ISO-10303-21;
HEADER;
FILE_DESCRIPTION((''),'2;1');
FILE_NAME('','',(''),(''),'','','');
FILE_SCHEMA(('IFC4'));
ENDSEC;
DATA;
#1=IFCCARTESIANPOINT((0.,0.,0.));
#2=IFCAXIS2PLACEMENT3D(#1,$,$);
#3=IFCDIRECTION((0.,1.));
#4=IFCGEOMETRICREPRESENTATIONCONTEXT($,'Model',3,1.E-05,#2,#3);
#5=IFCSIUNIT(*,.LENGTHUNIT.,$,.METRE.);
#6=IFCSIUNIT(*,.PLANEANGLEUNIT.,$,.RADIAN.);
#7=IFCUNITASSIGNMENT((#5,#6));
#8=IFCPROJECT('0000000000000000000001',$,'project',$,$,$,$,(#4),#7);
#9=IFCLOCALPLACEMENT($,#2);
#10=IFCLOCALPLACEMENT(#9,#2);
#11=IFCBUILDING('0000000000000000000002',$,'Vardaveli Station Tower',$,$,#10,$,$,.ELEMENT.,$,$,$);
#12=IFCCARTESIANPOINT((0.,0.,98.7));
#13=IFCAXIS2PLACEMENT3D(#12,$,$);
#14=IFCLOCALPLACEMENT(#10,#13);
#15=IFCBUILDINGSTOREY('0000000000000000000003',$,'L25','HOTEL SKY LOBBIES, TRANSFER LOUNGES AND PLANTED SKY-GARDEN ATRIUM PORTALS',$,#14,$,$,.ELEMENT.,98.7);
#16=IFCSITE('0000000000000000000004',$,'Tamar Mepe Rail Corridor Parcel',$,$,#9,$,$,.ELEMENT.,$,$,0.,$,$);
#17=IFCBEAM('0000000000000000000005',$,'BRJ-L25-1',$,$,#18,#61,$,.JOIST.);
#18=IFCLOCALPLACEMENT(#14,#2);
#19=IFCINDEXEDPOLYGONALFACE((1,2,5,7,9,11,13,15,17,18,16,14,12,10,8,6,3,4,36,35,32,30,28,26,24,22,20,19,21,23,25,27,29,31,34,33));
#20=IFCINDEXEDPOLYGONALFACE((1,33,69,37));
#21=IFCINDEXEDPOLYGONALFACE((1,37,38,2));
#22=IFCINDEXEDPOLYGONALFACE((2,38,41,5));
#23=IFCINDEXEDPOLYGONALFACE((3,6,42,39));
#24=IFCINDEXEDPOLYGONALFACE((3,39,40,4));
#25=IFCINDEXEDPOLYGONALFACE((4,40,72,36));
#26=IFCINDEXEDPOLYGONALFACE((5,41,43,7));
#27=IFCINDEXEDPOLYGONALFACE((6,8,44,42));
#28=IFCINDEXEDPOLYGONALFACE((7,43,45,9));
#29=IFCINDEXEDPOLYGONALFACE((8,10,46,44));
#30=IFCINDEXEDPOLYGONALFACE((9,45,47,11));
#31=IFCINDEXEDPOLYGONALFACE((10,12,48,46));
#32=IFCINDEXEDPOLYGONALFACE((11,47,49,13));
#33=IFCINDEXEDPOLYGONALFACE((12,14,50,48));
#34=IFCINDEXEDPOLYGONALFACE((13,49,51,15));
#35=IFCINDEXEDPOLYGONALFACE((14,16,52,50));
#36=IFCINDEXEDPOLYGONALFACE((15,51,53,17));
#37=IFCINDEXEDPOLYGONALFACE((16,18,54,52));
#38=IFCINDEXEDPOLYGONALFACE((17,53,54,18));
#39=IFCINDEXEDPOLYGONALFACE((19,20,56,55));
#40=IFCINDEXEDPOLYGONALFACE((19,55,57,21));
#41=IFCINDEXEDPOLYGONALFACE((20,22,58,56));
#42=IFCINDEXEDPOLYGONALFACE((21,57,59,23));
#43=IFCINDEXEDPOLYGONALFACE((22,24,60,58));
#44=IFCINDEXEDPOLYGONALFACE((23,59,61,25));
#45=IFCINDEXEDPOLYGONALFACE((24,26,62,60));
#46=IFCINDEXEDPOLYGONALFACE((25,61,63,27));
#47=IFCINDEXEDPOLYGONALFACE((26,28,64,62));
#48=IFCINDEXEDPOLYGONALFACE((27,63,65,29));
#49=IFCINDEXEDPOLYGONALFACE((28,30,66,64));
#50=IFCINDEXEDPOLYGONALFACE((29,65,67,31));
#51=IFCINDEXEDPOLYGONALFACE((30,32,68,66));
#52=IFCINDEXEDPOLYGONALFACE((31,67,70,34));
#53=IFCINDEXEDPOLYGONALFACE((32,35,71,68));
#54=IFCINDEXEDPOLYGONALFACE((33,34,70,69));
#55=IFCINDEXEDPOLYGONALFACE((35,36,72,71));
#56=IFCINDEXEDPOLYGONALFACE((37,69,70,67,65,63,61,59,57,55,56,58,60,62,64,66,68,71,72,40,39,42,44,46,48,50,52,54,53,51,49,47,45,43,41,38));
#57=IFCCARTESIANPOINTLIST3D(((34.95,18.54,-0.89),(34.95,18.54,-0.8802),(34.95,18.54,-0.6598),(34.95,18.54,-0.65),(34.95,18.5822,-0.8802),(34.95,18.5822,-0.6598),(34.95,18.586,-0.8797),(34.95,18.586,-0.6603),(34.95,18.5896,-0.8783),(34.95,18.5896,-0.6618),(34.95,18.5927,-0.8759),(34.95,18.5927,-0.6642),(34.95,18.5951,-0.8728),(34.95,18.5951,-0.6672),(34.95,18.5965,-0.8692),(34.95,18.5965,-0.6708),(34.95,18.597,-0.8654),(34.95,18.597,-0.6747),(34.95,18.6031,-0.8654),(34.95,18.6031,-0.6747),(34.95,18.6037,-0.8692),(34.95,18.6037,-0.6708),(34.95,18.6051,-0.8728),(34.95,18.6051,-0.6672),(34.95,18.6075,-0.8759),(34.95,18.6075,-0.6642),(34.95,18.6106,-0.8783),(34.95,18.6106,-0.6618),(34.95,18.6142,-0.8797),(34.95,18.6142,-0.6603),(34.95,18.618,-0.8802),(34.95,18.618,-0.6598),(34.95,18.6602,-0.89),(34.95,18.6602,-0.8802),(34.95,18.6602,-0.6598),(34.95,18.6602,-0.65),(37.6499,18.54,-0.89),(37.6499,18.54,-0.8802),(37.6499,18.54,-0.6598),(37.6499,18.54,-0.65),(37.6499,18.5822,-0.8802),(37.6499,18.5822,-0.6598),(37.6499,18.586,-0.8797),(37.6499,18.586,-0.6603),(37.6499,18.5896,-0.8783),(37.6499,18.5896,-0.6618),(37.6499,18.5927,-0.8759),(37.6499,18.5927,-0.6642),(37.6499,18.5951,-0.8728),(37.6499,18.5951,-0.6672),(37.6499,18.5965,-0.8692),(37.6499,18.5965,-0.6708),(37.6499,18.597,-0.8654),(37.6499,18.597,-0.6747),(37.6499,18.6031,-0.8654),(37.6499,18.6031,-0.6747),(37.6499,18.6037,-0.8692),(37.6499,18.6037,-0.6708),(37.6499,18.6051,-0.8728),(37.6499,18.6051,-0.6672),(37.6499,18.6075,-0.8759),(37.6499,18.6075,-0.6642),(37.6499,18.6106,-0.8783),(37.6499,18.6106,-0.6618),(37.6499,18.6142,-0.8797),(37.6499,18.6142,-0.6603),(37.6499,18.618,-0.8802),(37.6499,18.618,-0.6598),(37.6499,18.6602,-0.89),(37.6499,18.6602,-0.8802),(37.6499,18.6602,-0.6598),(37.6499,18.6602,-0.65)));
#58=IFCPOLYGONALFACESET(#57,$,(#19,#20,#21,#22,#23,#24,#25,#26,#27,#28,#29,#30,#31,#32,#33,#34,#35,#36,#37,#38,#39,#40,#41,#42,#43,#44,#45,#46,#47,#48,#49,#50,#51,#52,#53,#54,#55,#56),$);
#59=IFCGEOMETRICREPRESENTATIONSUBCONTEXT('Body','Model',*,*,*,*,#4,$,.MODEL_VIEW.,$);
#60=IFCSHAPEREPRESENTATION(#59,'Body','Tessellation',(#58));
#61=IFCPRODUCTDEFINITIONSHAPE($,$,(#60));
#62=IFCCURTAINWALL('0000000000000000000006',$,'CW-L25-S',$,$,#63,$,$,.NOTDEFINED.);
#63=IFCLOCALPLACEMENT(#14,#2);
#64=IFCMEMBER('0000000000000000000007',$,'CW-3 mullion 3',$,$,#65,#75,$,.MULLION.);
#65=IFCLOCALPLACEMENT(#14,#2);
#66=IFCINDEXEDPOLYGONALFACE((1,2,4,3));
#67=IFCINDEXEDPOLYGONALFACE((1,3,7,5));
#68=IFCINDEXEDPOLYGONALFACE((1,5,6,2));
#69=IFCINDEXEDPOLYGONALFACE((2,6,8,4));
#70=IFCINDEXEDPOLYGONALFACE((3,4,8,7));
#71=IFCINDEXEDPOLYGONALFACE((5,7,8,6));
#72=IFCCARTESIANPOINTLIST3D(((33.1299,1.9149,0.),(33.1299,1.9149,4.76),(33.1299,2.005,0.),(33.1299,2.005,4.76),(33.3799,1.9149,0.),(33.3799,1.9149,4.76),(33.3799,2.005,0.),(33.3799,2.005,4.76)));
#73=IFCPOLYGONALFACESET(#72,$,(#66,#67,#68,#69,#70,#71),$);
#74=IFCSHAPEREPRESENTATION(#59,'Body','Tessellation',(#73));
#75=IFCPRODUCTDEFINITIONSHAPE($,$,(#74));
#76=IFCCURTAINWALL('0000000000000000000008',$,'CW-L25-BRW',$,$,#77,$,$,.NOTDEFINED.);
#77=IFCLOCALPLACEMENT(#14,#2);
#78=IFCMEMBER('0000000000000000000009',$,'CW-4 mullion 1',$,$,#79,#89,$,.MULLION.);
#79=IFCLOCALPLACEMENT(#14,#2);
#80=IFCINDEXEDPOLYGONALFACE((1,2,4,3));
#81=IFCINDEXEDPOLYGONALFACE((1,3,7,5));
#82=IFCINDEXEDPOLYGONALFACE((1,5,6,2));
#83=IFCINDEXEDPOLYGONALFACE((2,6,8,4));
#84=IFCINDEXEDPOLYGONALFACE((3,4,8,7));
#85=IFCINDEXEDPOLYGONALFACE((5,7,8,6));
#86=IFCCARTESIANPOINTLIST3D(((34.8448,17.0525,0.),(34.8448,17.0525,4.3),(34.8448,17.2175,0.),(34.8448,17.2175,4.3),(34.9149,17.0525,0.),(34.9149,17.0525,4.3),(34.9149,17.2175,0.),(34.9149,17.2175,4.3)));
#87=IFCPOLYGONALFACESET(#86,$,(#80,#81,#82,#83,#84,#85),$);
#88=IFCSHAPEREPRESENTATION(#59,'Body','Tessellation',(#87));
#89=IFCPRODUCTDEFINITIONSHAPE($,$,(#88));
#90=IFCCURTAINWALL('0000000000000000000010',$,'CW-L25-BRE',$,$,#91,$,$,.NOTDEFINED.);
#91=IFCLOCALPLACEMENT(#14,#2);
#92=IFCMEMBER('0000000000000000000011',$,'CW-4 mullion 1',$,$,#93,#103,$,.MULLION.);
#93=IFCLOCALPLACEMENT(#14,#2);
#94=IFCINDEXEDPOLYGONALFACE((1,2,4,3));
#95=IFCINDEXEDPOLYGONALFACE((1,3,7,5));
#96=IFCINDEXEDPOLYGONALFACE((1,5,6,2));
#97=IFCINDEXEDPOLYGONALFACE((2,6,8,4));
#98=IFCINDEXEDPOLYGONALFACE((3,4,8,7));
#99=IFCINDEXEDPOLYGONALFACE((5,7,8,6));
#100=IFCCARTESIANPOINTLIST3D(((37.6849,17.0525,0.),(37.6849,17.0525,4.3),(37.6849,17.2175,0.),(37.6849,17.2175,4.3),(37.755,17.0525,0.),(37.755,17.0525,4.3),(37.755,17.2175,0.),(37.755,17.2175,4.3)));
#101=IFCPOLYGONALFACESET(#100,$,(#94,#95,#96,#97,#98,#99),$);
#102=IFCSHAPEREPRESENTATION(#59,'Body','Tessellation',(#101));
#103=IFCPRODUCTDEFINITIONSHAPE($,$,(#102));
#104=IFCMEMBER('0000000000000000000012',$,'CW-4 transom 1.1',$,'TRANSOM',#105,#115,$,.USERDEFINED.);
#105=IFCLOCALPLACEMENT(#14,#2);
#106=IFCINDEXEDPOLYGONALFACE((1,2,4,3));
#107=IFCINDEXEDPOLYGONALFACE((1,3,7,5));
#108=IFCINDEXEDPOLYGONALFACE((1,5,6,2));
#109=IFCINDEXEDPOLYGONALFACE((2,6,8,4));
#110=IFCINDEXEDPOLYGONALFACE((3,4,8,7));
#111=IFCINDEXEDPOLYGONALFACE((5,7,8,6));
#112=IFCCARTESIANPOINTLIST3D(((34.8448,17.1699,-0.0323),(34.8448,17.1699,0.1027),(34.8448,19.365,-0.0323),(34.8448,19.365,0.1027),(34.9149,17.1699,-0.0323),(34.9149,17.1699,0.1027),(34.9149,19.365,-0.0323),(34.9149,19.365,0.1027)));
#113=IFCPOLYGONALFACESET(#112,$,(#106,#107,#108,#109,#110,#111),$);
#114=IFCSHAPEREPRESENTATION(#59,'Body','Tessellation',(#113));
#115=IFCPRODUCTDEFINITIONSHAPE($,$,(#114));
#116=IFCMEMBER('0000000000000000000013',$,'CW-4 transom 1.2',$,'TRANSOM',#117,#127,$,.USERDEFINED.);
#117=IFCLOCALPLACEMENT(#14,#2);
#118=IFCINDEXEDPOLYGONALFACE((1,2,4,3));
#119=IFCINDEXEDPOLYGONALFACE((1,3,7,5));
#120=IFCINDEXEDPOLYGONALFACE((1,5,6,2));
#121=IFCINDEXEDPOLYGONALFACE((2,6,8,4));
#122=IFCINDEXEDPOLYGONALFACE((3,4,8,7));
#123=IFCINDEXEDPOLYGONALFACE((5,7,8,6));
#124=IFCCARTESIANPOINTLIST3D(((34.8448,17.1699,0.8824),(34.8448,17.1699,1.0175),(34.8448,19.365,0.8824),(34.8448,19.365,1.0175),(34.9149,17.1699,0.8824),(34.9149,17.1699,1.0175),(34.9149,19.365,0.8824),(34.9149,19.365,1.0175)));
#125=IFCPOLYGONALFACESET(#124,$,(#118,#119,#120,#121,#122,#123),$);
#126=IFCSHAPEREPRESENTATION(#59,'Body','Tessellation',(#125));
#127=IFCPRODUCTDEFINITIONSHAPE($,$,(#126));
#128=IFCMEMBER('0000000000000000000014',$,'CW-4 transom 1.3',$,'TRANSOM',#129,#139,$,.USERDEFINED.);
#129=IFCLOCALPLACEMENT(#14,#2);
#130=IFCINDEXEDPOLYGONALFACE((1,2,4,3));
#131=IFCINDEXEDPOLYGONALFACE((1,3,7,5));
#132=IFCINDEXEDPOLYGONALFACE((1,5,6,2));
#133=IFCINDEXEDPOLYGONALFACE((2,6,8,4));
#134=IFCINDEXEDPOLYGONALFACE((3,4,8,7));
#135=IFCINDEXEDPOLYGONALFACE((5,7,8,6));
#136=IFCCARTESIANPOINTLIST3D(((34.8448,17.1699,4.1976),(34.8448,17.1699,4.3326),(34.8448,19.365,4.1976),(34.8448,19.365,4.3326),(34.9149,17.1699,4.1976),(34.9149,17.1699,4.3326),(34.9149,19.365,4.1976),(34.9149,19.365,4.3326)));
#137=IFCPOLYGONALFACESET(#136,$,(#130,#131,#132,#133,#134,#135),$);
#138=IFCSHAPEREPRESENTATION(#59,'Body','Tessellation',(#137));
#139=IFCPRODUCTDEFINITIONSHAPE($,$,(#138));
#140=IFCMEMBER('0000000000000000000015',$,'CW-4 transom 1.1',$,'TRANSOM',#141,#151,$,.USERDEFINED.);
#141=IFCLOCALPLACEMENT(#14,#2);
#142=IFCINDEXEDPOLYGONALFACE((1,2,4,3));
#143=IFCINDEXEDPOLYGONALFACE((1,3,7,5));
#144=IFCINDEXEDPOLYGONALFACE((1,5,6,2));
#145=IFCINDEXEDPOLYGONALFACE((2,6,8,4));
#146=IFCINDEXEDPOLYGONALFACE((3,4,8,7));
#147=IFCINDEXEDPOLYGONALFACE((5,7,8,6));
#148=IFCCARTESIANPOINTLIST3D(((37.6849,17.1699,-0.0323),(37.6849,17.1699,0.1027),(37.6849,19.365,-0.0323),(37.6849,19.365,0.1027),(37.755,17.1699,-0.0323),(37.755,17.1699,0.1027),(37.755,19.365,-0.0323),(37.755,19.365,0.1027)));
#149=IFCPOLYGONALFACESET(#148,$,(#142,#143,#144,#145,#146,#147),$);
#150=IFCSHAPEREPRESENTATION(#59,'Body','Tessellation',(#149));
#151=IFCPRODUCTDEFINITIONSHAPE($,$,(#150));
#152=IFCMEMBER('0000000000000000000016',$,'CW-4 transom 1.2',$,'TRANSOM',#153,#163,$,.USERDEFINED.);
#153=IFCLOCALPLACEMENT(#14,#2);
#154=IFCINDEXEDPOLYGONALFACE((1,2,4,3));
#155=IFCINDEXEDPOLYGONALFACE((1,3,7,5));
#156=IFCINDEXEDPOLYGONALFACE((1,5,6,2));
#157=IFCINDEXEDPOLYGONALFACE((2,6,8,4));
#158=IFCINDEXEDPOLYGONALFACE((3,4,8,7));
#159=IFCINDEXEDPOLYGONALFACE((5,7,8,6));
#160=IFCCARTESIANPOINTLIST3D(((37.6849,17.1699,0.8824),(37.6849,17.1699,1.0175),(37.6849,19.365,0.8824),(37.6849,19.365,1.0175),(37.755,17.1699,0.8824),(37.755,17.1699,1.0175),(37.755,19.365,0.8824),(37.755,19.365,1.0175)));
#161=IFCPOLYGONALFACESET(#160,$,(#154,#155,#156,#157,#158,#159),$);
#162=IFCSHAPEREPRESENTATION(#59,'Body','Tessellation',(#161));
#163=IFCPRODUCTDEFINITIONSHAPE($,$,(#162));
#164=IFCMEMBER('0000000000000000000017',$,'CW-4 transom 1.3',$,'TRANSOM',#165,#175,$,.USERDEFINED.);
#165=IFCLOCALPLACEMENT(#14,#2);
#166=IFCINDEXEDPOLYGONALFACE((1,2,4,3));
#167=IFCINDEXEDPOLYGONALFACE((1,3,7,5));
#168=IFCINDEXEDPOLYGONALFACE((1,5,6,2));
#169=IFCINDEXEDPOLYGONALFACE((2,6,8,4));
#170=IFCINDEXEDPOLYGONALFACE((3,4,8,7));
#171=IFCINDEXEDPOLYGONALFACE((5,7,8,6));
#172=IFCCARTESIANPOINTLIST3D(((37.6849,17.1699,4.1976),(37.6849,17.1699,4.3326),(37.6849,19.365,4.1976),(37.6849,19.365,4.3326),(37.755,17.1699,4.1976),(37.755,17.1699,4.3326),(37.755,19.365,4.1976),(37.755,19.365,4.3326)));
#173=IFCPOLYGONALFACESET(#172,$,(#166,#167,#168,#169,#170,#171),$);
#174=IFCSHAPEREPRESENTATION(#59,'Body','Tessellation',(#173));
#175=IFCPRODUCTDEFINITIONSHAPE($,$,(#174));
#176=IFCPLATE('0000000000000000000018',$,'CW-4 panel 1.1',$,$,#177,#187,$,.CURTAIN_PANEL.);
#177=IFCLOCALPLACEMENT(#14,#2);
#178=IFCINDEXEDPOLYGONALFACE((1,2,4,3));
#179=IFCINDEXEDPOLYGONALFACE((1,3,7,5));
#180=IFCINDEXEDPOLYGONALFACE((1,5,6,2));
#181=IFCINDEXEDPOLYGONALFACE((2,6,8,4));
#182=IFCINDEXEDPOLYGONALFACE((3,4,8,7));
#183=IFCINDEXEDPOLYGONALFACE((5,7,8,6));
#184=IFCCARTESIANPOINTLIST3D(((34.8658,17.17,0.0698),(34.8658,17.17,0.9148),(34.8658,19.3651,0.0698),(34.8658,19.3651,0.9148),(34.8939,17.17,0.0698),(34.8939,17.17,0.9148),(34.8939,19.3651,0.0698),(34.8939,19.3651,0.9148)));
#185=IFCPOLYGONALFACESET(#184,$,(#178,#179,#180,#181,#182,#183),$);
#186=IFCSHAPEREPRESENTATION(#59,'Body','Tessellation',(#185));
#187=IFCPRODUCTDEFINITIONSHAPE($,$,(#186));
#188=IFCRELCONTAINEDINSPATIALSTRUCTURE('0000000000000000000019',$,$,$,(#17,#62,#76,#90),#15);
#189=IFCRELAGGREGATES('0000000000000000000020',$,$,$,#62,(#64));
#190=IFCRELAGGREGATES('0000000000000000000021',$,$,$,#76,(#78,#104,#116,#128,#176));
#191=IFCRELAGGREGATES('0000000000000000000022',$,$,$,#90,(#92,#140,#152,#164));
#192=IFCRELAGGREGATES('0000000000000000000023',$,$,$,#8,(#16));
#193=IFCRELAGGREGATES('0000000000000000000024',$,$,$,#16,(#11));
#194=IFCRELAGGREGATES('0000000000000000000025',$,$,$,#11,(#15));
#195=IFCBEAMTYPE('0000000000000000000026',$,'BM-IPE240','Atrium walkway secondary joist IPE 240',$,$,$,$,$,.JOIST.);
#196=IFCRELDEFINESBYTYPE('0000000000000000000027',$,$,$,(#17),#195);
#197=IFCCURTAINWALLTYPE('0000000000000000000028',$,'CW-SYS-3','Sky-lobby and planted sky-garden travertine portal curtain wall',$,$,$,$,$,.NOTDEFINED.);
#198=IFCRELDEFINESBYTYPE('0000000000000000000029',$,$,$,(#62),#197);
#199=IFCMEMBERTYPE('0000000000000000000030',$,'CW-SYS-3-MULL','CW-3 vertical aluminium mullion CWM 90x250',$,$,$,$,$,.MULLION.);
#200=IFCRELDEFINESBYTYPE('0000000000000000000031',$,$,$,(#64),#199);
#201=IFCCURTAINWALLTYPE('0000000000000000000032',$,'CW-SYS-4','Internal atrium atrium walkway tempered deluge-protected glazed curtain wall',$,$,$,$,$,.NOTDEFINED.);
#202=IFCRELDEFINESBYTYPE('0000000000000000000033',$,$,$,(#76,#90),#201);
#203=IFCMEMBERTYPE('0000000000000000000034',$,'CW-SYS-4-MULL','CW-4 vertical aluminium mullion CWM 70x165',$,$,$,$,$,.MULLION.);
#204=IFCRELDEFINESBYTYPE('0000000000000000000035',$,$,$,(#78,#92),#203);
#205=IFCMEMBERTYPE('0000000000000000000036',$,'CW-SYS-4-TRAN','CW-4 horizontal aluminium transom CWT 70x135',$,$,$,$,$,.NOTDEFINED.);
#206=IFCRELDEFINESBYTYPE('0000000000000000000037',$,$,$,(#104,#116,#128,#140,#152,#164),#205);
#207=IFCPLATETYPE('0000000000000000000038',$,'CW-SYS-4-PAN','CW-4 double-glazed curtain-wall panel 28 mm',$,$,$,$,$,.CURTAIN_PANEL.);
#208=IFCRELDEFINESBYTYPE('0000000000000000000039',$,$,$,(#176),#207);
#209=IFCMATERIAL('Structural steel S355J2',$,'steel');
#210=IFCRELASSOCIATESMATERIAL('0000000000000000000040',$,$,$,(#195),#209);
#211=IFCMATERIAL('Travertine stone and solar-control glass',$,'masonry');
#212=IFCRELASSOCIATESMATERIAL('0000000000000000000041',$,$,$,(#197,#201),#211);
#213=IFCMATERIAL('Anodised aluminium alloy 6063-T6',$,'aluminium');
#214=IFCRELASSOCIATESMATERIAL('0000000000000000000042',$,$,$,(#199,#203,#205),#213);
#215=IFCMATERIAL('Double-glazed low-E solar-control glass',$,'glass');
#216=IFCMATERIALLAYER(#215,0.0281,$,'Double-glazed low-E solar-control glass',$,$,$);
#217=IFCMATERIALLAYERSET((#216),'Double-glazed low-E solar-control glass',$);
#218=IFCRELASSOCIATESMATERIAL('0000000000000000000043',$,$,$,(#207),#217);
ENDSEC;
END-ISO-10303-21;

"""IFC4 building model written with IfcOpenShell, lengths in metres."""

from ifc_helpers import new_model, si_unit, direction, frame, origin, origin_2d, place, context, subcontext, project, spatial, rectangle, i_section, extrude, source, transform, mapped, material, layer, layer_set, material_profile, profile_set, type_object, element, aggregate, save


model = new_model("IFC4")

# Units and contexts
model_context = context("Model", 3, precision=1e-05, world=origin(), true_north=direction((0.0, 1.0)))
body_context = subcontext(model_context, "Body", "Model", "MODEL_VIEW")
ifc_project = project(units=[si_unit("LENGTHUNIT", "METRE"), si_unit("PLANEANGLEUNIT", "RADIAN")], contexts=[model_context])

# Site, building, storey
site_placement = place(None, origin())
site = spatial("IfcSite", under=ifc_project, at=site_placement, Name="Tamar Mepe Rail Corridor Parcel", CompositionType="ELEMENT", RefElevation=0.0)
building_placement = place(site_placement, origin())
building = spatial("IfcBuilding", under=site, at=building_placement, Name="Vardaveli Station Tower", CompositionType="ELEMENT")
storey_placement = place(building_placement, frame((0.0, 0.0, 98.7)))
storey = spatial("IfcBuildingStorey", under=building, at=storey_placement, Name="L25", Description="HOTEL SKY LOBBIES, TRANSFER LOUNGES AND PLANTED SKY-GARDEN ATRIUM PORTALS", CompositionType="ELEMENT", Elevation=98.7)

# Beam
ifc_material_1 = material(Name="Structural steel S355J2", Category="steel")
ifc_material_profile_1 = material_profile(ifc_material_1, i_section(OverallWidth=0.1201, OverallDepth=0.24, WebThickness=0.0061, FlangeThickness=0.0098, FilletRadius=0.0149, at=origin_2d()), Name="IPE 240")
ifc_profile_set_1 = profile_set([ifc_material_profile_1], Name="Structural steel S355J2")
beam_type_1 = type_object("IfcBeamType", Name="BM-IPE240", Description="Atrium walkway secondary joist IPE 240", PredefinedType="JOIST", material=ifc_profile_set_1)
shared_shape_1 = source(origin(), body_context, "Body", "SweptSolid", [
    extrude(i_section(OverallWidth=0.1201, OverallDepth=0.24, WebThickness=0.0061, FlangeThickness=0.0098, FilletRadius=0.0149, at=origin_2d()), origin(), (0.0, 0.0, 1.0), 2.7),
])
beam_1_placement = place(storey_placement, frame((34.95, 18.6001, -0.77), z_axis=(1.0, 0.0, 0.0), x_axis=(0.0, 1.0, 0.0)))
element("IfcBeam", 1, at=beam_1_placement, inside=storey, type_object=beam_type_1, Name="BRJ-L25-1", PredefinedType="JOIST", context=body_context, shape_type="MappedRepresentation", body=[
    mapped(shared_shape_1, transform((0.0, 0.0, 0.0), scale=1.0)),
])

# Curtain walls, members
ifc_material_2 = material(Name="Travertine stone and solar-control glass", Category="masonry")
curtain_wall_type_1 = type_object("IfcCurtainWallType", Name="CW-SYS-3", Description="Sky-lobby and planted sky-garden travertine portal curtain wall", PredefinedType="NOTDEFINED", material=ifc_material_2)
curtain_wall_1_placement = place(storey_placement, origin())
curtain_wall_1 = element("IfcCurtainWall", 2, at=curtain_wall_1_placement, inside=storey, type_object=curtain_wall_type_1, Name="CW-L25-S", PredefinedType="NOTDEFINED")
ifc_material_3 = material(Name="Anodised aluminium alloy 6063-T6", Category="aluminium")
ifc_material_profile_2 = material_profile(ifc_material_3, rectangle(XDim=0.0901, YDim=0.25, at=origin_2d()), Name="CWM 90x250")
ifc_profile_set_2 = profile_set([ifc_material_profile_2], Name="Anodised aluminium alloy 6063-T6")
member_type_1 = type_object("IfcMemberType", Name="CW-SYS-3-MULL", Description="CW-3 vertical aluminium mullion CWM 90x250", PredefinedType="MULLION", material=ifc_profile_set_2)
shared_shape_2 = source(origin(), body_context, "Body", "SweptSolid", [
    extrude(rectangle(XDim=0.0901, YDim=0.25, at=origin_2d()), origin(), (0.0, 0.0, 1.0), 4.76),
])
member_1_placement = place(storey_placement, frame((33.2549, 1.96, 0.0), z_axis=(0.0, 0.0, 1.0), x_axis=(0.0, 1.0, 0.0)))
member_1 = element("IfcMember", 3, at=member_1_placement, type_object=member_type_1, Name="CW-3 mullion 3", PredefinedType="MULLION", context=body_context, shape_type="MappedRepresentation", body=[
    mapped(shared_shape_2, transform((0.0, 0.0, 0.0), scale=1.0)),
])
aggregate(curtain_wall_1, [member_1])
curtain_wall_type_2 = type_object("IfcCurtainWallType", Name="CW-SYS-4", Description="Internal atrium atrium walkway tempered deluge-protected glazed curtain wall", PredefinedType="NOTDEFINED", material=ifc_material_2)
curtain_wall_2_placement = place(storey_placement, origin())
curtain_wall_2 = element("IfcCurtainWall", 4, at=curtain_wall_2_placement, inside=storey, type_object=curtain_wall_type_2, Name="CW-L25-BRW", PredefinedType="NOTDEFINED")
ifc_material_profile_3 = material_profile(ifc_material_3, rectangle(XDim=0.0701, YDim=0.165, at=origin_2d()), Name="CWM 70x165")
ifc_profile_set_3 = profile_set([ifc_material_profile_3], Name="Anodised aluminium alloy 6063-T6")
member_type_2 = type_object("IfcMemberType", Name="CW-SYS-4-MULL", Description="CW-4 vertical aluminium mullion CWM 70x165", PredefinedType="MULLION", material=ifc_profile_set_3)
shared_shape_3 = source(origin(), body_context, "Body", "SweptSolid", [
    extrude(rectangle(XDim=0.0701, YDim=0.165, at=origin_2d()), origin(), (0.0, 0.0, 1.0), 4.3),
])
member_2_placement = place(storey_placement, frame((34.8799, 17.135, 0.0), z_axis=(0.0, 0.0, 1.0), x_axis=(-1.0, 0.0, 0.0)))
member_2 = element("IfcMember", 5, at=member_2_placement, type_object=member_type_2, Name="CW-4 mullion 1", PredefinedType="MULLION", context=body_context, shape_type="MappedRepresentation", body=[
    mapped(shared_shape_3, transform((0.0, 0.0, 0.0), scale=1.0)),
])
curtain_wall_3_placement = place(storey_placement, origin())
curtain_wall_3 = element("IfcCurtainWall", 6, at=curtain_wall_3_placement, inside=storey, type_object=curtain_wall_type_2, Name="CW-L25-BRE", PredefinedType="NOTDEFINED")
member_3_placement = place(storey_placement, frame((37.72, 17.135, 0.0), z_axis=(0.0, 0.0, 1.0), x_axis=(-1.0, 0.0, 0.0)))
member_3 = element("IfcMember", 7, at=member_3_placement, type_object=member_type_2, Name="CW-4 mullion 1", PredefinedType="MULLION", context=body_context, shape_type="MappedRepresentation", body=[
    mapped(shared_shape_3, transform((0.0, 0.0, 0.0), scale=1.0)),
])

# Members
ifc_material_profile_4 = material_profile(ifc_material_3, rectangle(XDim=0.0701, YDim=0.135, at=origin_2d()), Name="CWT 70x135")
ifc_profile_set_4 = profile_set([ifc_material_profile_4], Name="Anodised aluminium alloy 6063-T6")
member_type_3 = type_object("IfcMemberType", Name="CW-SYS-4-TRAN", Description="CW-4 horizontal aluminium transom CWT 70x135", PredefinedType="NOTDEFINED", material=ifc_profile_set_4)
shared_shape_4 = source(origin(), body_context, "Body", "SweptSolid", [
    extrude(rectangle(XDim=0.0701, YDim=0.135, at=origin_2d()), origin(), (0.0, 0.0, 1.0), 2.1951),
])
member_4_placement = place(storey_placement, frame((34.8799, 17.1699, 0.0352), z_axis=(0.0, 1.0, 0.0), x_axis=(-1.0, 0.0, 0.0)))
member_4 = element("IfcMember", 8, at=member_4_placement, type_object=member_type_3, Name="CW-4 transom 1.1", ObjectType="TRANSOM", PredefinedType="USERDEFINED", context=body_context, shape_type="MappedRepresentation", body=[
    mapped(shared_shape_4, transform((0.0, 0.0, 0.0), scale=1.0)),
])
member_5_placement = place(storey_placement, frame((34.8799, 17.1699, 0.95), z_axis=(0.0, 1.0, 0.0), x_axis=(-1.0, 0.0, 0.0)))
member_5 = element("IfcMember", 9, at=member_5_placement, type_object=member_type_3, Name="CW-4 transom 1.2", ObjectType="TRANSOM", PredefinedType="USERDEFINED", context=body_context, shape_type="MappedRepresentation", body=[
    mapped(shared_shape_4, transform((0.0, 0.0, 0.0), scale=1.0)),
])
member_6_placement = place(storey_placement, frame((34.8799, 17.1699, 4.2651), z_axis=(0.0, 1.0, 0.0), x_axis=(-1.0, 0.0, 0.0)))
member_6 = element("IfcMember", 10, at=member_6_placement, type_object=member_type_3, Name="CW-4 transom 1.3", ObjectType="TRANSOM", PredefinedType="USERDEFINED", context=body_context, shape_type="MappedRepresentation", body=[
    mapped(shared_shape_4, transform((0.0, 0.0, 0.0), scale=1.0)),
])
member_7_placement = place(storey_placement, frame((37.72, 17.1699, 0.0352), z_axis=(0.0, 1.0, 0.0), x_axis=(-1.0, 0.0, 0.0)))
member_7 = element("IfcMember", 11, at=member_7_placement, type_object=member_type_3, Name="CW-4 transom 1.1", ObjectType="TRANSOM", PredefinedType="USERDEFINED", context=body_context, shape_type="MappedRepresentation", body=[
    mapped(shared_shape_4, transform((0.0, 0.0, 0.0), scale=1.0)),
])
member_8_placement = place(storey_placement, frame((37.72, 17.1699, 0.95), z_axis=(0.0, 1.0, 0.0), x_axis=(-1.0, 0.0, 0.0)))
member_8 = element("IfcMember", 12, at=member_8_placement, type_object=member_type_3, Name="CW-4 transom 1.2", ObjectType="TRANSOM", PredefinedType="USERDEFINED", context=body_context, shape_type="MappedRepresentation", body=[
    mapped(shared_shape_4, transform((0.0, 0.0, 0.0), scale=1.0)),
])
member_9_placement = place(storey_placement, frame((37.72, 17.1699, 4.2651), z_axis=(0.0, 1.0, 0.0), x_axis=(-1.0, 0.0, 0.0)))
member_9 = element("IfcMember", 13, at=member_9_placement, type_object=member_type_3, Name="CW-4 transom 1.3", ObjectType="TRANSOM", PredefinedType="USERDEFINED", context=body_context, shape_type="MappedRepresentation", body=[
    mapped(shared_shape_4, transform((0.0, 0.0, 0.0), scale=1.0)),
])

# Plate
ifc_material_4 = material(Name="Double-glazed low-E solar-control glass", Category="glass")
ifc_layer_1 = layer(ifc_material_4, 0.0281, Name="Double-glazed low-E solar-control glass")
ifc_layer_set_1 = layer_set([ifc_layer_1], Name="Double-glazed low-E solar-control glass")
plate_type = type_object("IfcPlateType", Name="CW-SYS-4-PAN", Description="CW-4 double-glazed curtain-wall panel 28 mm", PredefinedType="CURTAIN_PANEL", material=ifc_layer_set_1)
shared_shape_5 = source(origin(), body_context, "Body", "SweptSolid", [
    extrude(rectangle(XDim=2.1951, YDim=0.0281, at=origin_2d()), origin(), (0.0, 0.0, 1.0), 0.845),
])
plate_1_placement = place(storey_placement, frame((34.8799, 18.2676, 0.0698), z_axis=(0.0, 0.0, 1.0), x_axis=(0.0, 1.0, 0.0)))
plate_1 = element("IfcPlate", 14, at=plate_1_placement, type_object=plate_type, Name="CW-4 panel 1.1", PredefinedType="CURTAIN_PANEL", context=body_context, shape_type="MappedRepresentation", body=[
    mapped(shared_shape_5, transform((0.0, 0.0, 0.0), scale=1.0)),
])
aggregate(curtain_wall_2, [member_2, member_4, member_5, member_6, plate_1])
aggregate(curtain_wall_3, [member_3, member_7, member_8, member_9])

save(model, "model.ifc")
